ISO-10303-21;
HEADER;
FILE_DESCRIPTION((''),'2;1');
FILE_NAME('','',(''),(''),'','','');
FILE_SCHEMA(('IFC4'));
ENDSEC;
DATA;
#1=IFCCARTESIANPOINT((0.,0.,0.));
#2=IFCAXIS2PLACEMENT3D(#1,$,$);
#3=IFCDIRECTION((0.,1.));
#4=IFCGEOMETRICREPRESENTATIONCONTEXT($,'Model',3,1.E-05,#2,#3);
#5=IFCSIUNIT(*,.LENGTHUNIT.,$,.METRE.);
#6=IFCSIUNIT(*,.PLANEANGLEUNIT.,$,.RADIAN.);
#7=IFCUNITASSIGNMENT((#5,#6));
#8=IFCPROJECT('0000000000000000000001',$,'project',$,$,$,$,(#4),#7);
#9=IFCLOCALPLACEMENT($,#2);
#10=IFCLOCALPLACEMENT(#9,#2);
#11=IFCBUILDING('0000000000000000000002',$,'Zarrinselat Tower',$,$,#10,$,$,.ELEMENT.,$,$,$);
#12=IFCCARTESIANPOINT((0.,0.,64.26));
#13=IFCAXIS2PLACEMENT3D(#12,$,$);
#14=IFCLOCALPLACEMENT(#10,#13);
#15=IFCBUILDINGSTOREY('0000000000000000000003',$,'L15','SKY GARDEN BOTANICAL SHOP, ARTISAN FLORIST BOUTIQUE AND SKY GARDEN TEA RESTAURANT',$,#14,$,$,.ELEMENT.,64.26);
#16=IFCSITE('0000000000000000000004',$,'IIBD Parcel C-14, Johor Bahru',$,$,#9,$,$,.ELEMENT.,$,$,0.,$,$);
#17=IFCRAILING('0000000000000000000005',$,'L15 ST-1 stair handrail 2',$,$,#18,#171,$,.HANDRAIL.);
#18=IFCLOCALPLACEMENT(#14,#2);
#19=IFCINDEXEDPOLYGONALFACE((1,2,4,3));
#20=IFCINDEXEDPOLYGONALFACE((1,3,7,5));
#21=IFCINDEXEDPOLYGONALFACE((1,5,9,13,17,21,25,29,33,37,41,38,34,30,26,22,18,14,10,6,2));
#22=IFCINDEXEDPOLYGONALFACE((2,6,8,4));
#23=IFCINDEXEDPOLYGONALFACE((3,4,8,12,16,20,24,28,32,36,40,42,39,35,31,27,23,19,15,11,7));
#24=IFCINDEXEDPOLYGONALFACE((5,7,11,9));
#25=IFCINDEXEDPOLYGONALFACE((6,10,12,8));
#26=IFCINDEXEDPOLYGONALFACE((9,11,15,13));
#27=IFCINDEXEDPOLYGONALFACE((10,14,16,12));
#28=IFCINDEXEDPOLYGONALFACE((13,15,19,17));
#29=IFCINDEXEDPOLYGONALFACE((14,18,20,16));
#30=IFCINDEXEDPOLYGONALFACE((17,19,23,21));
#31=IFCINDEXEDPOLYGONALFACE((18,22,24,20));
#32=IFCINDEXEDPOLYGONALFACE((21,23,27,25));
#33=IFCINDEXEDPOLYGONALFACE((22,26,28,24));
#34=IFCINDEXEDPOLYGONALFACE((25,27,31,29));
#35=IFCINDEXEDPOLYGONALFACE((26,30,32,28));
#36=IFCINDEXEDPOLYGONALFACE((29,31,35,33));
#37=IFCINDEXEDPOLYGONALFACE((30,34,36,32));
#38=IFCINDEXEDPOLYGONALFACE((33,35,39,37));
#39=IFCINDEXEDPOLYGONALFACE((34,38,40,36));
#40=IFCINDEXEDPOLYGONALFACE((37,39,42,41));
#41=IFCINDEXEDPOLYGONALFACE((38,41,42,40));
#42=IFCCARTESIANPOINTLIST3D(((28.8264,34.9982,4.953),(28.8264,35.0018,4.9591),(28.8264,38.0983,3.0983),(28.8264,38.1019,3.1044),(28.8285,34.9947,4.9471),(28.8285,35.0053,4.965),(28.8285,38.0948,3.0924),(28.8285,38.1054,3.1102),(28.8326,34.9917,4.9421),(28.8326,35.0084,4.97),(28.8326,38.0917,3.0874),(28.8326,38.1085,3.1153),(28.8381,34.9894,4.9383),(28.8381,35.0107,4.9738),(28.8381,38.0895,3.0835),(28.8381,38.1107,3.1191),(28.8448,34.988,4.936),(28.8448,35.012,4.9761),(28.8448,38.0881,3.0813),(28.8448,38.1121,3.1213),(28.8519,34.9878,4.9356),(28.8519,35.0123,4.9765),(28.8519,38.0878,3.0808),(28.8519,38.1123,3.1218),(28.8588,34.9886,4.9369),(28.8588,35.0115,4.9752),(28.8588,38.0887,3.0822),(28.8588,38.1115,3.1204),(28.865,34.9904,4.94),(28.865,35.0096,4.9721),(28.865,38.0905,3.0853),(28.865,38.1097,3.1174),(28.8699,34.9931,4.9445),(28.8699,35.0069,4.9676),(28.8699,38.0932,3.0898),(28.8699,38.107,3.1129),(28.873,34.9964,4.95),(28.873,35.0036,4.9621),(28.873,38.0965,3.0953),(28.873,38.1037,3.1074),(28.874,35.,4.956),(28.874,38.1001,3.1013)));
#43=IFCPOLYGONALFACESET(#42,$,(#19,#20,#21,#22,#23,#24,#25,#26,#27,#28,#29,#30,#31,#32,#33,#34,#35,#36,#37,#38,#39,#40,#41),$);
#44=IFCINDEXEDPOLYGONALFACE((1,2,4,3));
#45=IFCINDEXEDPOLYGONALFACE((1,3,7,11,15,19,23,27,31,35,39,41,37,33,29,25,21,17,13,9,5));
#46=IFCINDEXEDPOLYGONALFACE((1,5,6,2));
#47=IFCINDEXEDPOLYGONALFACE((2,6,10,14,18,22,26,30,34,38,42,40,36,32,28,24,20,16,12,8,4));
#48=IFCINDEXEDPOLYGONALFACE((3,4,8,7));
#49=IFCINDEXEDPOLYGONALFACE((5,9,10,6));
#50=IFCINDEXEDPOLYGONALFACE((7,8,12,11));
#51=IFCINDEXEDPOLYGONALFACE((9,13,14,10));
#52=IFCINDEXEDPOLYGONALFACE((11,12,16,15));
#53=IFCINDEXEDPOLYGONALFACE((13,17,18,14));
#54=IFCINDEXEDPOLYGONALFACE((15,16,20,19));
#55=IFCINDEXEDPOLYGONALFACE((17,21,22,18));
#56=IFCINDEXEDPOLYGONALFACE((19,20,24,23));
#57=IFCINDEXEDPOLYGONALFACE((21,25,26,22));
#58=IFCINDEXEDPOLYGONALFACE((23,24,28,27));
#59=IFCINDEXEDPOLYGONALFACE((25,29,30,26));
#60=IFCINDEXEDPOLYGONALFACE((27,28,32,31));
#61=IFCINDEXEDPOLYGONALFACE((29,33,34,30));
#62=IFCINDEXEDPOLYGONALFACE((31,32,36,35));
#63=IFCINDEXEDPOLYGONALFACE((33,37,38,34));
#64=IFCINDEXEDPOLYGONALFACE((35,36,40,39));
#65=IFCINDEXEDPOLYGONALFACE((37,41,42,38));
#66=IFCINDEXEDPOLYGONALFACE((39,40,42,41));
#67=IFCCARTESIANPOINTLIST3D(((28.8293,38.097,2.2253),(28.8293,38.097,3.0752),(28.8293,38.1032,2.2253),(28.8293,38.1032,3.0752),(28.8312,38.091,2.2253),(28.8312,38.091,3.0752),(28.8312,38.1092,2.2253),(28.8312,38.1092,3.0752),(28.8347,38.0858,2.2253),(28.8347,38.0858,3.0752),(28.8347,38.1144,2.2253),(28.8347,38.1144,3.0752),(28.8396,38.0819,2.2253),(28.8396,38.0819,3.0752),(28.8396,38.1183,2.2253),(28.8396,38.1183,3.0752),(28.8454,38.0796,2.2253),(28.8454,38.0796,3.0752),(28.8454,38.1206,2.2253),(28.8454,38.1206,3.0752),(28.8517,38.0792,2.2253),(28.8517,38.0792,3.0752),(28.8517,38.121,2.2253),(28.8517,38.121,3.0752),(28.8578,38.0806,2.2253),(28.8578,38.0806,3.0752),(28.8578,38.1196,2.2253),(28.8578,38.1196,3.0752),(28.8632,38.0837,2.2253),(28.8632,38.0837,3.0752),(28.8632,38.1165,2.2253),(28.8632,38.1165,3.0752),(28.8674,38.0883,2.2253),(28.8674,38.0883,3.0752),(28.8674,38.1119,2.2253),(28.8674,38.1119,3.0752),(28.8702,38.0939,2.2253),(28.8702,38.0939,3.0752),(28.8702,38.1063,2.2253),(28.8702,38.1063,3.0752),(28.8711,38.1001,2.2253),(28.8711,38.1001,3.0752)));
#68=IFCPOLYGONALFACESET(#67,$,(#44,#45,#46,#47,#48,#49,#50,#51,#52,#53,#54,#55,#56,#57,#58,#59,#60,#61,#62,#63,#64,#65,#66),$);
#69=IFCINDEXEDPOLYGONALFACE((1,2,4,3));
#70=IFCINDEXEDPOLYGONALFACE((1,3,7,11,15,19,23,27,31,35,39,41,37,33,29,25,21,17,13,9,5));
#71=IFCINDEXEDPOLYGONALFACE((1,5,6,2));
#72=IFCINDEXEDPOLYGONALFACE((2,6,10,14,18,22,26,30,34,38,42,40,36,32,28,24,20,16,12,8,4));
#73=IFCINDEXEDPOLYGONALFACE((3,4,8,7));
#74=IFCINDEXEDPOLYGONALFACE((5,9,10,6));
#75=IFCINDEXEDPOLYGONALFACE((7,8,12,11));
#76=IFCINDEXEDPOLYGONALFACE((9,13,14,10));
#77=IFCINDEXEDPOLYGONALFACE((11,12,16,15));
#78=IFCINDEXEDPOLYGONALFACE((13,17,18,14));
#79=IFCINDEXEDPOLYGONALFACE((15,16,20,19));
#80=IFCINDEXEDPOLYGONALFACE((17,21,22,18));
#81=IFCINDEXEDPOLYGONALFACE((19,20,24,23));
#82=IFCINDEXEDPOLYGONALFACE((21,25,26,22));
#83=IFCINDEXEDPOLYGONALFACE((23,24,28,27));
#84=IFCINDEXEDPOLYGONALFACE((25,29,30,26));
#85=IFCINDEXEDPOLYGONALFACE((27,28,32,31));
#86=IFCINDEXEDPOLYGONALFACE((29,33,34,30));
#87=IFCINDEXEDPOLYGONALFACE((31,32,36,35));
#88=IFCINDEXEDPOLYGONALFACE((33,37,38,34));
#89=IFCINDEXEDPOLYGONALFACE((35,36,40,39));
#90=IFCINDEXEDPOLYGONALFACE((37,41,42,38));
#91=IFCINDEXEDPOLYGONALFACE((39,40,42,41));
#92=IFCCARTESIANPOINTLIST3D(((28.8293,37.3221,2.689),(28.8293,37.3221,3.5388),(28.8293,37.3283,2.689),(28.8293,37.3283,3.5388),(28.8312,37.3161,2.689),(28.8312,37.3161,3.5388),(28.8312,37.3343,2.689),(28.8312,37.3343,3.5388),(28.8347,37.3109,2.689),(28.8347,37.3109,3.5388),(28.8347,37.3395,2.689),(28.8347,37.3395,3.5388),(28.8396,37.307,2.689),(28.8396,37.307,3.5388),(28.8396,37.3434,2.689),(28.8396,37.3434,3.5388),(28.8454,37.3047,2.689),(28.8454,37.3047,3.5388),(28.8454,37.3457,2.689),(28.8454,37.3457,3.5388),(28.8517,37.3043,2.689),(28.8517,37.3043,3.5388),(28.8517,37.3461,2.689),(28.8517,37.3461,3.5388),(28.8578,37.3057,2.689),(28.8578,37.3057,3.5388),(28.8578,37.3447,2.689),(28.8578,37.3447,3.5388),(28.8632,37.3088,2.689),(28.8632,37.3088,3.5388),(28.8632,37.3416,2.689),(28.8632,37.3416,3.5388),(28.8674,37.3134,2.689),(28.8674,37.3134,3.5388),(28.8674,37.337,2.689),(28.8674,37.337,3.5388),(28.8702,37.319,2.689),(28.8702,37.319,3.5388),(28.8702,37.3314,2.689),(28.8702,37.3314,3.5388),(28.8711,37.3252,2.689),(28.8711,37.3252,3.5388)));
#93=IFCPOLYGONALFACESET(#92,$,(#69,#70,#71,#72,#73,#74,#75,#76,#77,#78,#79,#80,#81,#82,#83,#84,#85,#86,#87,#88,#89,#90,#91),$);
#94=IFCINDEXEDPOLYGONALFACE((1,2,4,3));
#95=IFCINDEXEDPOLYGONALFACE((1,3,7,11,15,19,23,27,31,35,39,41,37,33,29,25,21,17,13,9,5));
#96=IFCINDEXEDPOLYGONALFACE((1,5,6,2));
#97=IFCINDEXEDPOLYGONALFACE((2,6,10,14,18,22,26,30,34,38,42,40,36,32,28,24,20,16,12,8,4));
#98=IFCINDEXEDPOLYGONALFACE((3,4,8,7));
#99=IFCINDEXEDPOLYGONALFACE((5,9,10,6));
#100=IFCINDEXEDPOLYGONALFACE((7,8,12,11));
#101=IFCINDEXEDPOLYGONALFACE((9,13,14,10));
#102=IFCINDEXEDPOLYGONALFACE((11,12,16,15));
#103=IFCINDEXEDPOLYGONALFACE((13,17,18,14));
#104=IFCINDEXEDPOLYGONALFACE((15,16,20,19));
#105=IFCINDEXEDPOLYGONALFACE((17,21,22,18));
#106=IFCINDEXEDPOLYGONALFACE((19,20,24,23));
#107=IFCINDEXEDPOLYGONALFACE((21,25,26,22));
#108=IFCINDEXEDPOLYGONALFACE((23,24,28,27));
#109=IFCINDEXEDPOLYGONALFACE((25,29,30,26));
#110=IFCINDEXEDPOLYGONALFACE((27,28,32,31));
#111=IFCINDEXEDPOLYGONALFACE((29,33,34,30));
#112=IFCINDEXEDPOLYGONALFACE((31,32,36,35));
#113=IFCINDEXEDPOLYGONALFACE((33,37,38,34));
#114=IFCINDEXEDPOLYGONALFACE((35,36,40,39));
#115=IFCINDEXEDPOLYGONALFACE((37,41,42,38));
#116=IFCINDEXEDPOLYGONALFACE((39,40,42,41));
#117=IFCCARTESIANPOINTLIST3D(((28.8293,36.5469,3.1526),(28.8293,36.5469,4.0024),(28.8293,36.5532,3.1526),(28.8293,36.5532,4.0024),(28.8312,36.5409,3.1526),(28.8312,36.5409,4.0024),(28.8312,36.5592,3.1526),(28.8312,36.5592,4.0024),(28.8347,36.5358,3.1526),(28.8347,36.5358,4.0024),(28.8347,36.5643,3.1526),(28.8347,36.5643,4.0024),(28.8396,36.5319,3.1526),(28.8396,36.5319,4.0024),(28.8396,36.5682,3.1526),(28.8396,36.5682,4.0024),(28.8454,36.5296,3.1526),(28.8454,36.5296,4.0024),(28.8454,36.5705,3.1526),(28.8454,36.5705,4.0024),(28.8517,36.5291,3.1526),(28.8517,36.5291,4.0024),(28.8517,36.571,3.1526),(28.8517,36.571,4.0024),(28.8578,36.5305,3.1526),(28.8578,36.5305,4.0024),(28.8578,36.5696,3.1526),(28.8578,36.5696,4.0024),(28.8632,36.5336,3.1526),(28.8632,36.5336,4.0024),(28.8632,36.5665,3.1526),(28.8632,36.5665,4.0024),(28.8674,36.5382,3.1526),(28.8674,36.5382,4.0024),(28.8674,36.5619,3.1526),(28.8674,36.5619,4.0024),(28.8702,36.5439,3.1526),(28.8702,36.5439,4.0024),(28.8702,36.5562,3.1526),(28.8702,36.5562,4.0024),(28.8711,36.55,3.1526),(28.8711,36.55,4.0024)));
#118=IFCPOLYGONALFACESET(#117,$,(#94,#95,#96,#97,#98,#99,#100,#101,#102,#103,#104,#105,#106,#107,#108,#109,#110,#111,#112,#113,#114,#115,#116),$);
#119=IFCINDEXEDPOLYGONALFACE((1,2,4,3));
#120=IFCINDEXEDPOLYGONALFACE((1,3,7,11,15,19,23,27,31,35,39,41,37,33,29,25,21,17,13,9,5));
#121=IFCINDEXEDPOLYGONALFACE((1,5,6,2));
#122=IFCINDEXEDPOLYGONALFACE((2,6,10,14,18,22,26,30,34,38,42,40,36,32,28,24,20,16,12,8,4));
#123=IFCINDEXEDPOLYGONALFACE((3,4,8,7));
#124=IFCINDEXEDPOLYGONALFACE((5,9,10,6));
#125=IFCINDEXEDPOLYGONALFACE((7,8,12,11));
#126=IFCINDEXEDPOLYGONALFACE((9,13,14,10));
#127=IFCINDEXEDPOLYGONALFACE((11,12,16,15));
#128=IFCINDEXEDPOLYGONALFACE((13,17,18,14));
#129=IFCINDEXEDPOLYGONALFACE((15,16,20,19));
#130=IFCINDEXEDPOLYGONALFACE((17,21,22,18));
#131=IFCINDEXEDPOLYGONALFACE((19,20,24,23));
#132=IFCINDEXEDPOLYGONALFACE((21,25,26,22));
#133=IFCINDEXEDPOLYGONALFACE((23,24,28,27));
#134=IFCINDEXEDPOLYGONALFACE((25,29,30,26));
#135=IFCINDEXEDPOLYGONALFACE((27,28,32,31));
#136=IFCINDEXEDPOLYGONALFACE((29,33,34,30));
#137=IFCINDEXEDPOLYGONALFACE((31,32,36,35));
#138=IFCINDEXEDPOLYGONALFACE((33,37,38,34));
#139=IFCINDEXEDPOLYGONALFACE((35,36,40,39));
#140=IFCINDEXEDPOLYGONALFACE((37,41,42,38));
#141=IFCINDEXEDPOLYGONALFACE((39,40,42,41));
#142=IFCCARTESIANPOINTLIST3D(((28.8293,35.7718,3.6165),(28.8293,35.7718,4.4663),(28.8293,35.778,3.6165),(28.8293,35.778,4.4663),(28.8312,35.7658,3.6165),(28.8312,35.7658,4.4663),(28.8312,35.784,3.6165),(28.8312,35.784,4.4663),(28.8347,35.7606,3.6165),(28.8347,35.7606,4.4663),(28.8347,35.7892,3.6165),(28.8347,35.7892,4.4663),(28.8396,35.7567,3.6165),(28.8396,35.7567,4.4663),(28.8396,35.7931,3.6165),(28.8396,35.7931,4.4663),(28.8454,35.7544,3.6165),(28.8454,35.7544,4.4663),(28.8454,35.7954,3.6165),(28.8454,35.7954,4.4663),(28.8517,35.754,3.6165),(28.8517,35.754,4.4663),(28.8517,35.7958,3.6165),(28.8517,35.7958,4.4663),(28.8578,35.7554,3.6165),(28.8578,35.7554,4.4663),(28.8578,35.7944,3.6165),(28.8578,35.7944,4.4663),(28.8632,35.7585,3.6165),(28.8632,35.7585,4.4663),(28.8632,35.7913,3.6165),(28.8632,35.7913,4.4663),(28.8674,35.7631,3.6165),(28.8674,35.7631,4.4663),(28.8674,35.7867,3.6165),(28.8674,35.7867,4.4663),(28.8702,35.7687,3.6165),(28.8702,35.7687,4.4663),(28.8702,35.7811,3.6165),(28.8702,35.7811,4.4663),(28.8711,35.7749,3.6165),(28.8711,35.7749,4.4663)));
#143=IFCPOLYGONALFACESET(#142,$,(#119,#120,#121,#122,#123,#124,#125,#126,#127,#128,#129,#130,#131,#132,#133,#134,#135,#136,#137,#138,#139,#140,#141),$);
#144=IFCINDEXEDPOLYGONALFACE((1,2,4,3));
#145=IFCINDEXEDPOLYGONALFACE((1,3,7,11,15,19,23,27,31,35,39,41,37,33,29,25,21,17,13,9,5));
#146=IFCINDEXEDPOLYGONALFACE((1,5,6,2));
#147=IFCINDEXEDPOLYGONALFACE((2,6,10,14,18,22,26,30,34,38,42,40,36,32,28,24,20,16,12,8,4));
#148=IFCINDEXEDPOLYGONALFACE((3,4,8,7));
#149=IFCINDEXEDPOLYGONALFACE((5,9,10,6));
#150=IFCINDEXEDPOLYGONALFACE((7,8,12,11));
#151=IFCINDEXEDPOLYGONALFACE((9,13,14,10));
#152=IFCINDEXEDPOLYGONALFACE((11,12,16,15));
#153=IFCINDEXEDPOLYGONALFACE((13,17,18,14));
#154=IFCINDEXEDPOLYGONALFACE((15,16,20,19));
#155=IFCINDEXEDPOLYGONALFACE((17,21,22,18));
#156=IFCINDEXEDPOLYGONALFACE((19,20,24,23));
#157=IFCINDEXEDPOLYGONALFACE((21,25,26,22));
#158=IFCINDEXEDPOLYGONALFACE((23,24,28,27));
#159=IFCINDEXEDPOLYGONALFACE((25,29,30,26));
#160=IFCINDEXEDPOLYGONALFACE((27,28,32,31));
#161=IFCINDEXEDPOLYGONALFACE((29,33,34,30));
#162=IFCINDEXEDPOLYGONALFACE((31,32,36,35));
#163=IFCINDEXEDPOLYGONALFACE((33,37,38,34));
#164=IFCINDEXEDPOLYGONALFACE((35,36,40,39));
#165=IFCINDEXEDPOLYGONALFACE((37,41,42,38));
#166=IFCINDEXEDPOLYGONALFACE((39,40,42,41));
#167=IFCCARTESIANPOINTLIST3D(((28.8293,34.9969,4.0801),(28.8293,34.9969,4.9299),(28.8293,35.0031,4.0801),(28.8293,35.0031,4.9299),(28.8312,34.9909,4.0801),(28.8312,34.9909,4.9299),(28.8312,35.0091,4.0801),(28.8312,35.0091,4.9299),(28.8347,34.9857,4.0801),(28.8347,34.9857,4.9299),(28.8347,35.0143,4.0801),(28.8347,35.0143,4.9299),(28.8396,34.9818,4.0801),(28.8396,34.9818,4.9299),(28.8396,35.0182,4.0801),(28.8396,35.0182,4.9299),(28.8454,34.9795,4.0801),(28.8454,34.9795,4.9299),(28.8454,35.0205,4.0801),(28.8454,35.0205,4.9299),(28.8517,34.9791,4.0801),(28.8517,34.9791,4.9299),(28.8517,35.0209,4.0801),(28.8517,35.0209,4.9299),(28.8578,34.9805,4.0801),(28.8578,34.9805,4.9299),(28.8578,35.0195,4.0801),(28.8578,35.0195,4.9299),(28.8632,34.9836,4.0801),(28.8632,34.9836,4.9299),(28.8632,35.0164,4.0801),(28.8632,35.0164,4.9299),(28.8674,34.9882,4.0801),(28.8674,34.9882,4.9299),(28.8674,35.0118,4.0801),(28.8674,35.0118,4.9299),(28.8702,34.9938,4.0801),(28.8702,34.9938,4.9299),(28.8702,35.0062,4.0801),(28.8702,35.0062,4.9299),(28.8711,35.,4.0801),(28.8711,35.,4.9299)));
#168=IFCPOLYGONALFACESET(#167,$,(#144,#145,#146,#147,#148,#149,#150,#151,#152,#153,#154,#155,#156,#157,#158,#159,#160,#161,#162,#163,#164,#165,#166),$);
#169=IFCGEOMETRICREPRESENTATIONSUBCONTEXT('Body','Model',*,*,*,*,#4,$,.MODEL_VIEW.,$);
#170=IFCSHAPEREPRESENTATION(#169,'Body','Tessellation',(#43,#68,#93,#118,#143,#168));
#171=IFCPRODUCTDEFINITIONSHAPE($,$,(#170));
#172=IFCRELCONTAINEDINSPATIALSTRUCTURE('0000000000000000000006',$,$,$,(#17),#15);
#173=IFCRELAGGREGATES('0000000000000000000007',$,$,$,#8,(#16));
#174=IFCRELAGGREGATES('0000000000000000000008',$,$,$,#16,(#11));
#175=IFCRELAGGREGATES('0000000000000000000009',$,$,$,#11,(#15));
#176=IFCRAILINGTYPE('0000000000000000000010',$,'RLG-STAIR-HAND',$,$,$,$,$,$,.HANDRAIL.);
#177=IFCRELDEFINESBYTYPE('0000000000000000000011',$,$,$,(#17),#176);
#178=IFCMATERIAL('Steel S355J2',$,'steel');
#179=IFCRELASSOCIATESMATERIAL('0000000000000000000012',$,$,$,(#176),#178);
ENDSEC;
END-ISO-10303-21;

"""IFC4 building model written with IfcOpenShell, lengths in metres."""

from ifc_helpers import new_model, si_unit, direction, frame, origin, origin_2d, place, context, subcontext, project, spatial, circle, extrude, material, type_object, element, save


model = new_model("IFC4")

# Units and contexts
model_context = context("Model", 3, precision=1e-05, world=origin(), true_north=direction((0.0, 1.0)))
body_context = subcontext(model_context, "Body", "Model", "MODEL_VIEW")
ifc_project = project(units=[si_unit("LENGTHUNIT", "METRE"), si_unit("PLANEANGLEUNIT", "RADIAN")], contexts=[model_context])

# Site, building, storey
site_placement = place(None, origin())
site = spatial("IfcSite", under=ifc_project, at=site_placement, Name="IIBD Parcel C-14, Johor Bahru", CompositionType="ELEMENT", RefElevation=0.0)
building_placement = place(site_placement, origin())
building = spatial("IfcBuilding", under=site, at=building_placement, Name="Zarrinselat Tower", CompositionType="ELEMENT")
storey_placement = place(building_placement, frame((0.0, 0.0, 64.26)))
storey = spatial("IfcBuildingStorey", under=building, at=storey_placement, Name="L15", Description="SKY GARDEN BOTANICAL SHOP, ARTISAN FLORIST BOUTIQUE AND SKY GARDEN TEA RESTAURANT", CompositionType="ELEMENT", Elevation=64.26)

# Railing
ifc_material_1 = material(Name="Steel S355J2", Category="steel")
railing_type_1 = type_object("IfcRailingType", Name="RLG-STAIR-HAND", PredefinedType="HANDRAIL", material=ifc_material_1)
railing_1_placement = place(storey_placement, frame((28.8501, 38.1001, 2.2253)))
element("IfcRailing", 1, at=railing_1_placement, inside=storey, type_object=railing_type_1, Name="L15 ST-1 stair handrail 2", PredefinedType="HANDRAIL", context=body_context, shape_type="SweptSolid", body=[
    extrude(circle(Radius=0.0239, at=origin_2d()), frame((0.0, 0.0, 0.876), z_axis=(0.0, -0.858142, 0.513412), x_axis=(1.0, 0.0, 0.0)), (0.0, 0.0, 1.0), 3.6125),
    extrude(circle(Radius=0.021, at=origin_2d()), origin(), (0.0, 0.0, 1.0), 0.8499),
    extrude(circle(Radius=0.021, at=origin_2d()), frame((0.0, -0.7749, 0.4636)), (0.0, 0.0, 1.0), 0.8499),
    extrude(circle(Radius=0.021, at=origin_2d()), frame((0.0, -1.55, 0.9272)), (0.0, 0.0, 1.0), 0.8499),
    extrude(circle(Radius=0.021, at=origin_2d()), frame((0.0, -2.3252, 1.3911)), (0.0, 0.0, 1.0), 0.8499),
    extrude(circle(Radius=0.021, at=origin_2d()), frame((0.0, -3.1001, 1.8547)), (0.0, 0.0, 1.0), 0.8499),
])

save(model, "model.ifc")
